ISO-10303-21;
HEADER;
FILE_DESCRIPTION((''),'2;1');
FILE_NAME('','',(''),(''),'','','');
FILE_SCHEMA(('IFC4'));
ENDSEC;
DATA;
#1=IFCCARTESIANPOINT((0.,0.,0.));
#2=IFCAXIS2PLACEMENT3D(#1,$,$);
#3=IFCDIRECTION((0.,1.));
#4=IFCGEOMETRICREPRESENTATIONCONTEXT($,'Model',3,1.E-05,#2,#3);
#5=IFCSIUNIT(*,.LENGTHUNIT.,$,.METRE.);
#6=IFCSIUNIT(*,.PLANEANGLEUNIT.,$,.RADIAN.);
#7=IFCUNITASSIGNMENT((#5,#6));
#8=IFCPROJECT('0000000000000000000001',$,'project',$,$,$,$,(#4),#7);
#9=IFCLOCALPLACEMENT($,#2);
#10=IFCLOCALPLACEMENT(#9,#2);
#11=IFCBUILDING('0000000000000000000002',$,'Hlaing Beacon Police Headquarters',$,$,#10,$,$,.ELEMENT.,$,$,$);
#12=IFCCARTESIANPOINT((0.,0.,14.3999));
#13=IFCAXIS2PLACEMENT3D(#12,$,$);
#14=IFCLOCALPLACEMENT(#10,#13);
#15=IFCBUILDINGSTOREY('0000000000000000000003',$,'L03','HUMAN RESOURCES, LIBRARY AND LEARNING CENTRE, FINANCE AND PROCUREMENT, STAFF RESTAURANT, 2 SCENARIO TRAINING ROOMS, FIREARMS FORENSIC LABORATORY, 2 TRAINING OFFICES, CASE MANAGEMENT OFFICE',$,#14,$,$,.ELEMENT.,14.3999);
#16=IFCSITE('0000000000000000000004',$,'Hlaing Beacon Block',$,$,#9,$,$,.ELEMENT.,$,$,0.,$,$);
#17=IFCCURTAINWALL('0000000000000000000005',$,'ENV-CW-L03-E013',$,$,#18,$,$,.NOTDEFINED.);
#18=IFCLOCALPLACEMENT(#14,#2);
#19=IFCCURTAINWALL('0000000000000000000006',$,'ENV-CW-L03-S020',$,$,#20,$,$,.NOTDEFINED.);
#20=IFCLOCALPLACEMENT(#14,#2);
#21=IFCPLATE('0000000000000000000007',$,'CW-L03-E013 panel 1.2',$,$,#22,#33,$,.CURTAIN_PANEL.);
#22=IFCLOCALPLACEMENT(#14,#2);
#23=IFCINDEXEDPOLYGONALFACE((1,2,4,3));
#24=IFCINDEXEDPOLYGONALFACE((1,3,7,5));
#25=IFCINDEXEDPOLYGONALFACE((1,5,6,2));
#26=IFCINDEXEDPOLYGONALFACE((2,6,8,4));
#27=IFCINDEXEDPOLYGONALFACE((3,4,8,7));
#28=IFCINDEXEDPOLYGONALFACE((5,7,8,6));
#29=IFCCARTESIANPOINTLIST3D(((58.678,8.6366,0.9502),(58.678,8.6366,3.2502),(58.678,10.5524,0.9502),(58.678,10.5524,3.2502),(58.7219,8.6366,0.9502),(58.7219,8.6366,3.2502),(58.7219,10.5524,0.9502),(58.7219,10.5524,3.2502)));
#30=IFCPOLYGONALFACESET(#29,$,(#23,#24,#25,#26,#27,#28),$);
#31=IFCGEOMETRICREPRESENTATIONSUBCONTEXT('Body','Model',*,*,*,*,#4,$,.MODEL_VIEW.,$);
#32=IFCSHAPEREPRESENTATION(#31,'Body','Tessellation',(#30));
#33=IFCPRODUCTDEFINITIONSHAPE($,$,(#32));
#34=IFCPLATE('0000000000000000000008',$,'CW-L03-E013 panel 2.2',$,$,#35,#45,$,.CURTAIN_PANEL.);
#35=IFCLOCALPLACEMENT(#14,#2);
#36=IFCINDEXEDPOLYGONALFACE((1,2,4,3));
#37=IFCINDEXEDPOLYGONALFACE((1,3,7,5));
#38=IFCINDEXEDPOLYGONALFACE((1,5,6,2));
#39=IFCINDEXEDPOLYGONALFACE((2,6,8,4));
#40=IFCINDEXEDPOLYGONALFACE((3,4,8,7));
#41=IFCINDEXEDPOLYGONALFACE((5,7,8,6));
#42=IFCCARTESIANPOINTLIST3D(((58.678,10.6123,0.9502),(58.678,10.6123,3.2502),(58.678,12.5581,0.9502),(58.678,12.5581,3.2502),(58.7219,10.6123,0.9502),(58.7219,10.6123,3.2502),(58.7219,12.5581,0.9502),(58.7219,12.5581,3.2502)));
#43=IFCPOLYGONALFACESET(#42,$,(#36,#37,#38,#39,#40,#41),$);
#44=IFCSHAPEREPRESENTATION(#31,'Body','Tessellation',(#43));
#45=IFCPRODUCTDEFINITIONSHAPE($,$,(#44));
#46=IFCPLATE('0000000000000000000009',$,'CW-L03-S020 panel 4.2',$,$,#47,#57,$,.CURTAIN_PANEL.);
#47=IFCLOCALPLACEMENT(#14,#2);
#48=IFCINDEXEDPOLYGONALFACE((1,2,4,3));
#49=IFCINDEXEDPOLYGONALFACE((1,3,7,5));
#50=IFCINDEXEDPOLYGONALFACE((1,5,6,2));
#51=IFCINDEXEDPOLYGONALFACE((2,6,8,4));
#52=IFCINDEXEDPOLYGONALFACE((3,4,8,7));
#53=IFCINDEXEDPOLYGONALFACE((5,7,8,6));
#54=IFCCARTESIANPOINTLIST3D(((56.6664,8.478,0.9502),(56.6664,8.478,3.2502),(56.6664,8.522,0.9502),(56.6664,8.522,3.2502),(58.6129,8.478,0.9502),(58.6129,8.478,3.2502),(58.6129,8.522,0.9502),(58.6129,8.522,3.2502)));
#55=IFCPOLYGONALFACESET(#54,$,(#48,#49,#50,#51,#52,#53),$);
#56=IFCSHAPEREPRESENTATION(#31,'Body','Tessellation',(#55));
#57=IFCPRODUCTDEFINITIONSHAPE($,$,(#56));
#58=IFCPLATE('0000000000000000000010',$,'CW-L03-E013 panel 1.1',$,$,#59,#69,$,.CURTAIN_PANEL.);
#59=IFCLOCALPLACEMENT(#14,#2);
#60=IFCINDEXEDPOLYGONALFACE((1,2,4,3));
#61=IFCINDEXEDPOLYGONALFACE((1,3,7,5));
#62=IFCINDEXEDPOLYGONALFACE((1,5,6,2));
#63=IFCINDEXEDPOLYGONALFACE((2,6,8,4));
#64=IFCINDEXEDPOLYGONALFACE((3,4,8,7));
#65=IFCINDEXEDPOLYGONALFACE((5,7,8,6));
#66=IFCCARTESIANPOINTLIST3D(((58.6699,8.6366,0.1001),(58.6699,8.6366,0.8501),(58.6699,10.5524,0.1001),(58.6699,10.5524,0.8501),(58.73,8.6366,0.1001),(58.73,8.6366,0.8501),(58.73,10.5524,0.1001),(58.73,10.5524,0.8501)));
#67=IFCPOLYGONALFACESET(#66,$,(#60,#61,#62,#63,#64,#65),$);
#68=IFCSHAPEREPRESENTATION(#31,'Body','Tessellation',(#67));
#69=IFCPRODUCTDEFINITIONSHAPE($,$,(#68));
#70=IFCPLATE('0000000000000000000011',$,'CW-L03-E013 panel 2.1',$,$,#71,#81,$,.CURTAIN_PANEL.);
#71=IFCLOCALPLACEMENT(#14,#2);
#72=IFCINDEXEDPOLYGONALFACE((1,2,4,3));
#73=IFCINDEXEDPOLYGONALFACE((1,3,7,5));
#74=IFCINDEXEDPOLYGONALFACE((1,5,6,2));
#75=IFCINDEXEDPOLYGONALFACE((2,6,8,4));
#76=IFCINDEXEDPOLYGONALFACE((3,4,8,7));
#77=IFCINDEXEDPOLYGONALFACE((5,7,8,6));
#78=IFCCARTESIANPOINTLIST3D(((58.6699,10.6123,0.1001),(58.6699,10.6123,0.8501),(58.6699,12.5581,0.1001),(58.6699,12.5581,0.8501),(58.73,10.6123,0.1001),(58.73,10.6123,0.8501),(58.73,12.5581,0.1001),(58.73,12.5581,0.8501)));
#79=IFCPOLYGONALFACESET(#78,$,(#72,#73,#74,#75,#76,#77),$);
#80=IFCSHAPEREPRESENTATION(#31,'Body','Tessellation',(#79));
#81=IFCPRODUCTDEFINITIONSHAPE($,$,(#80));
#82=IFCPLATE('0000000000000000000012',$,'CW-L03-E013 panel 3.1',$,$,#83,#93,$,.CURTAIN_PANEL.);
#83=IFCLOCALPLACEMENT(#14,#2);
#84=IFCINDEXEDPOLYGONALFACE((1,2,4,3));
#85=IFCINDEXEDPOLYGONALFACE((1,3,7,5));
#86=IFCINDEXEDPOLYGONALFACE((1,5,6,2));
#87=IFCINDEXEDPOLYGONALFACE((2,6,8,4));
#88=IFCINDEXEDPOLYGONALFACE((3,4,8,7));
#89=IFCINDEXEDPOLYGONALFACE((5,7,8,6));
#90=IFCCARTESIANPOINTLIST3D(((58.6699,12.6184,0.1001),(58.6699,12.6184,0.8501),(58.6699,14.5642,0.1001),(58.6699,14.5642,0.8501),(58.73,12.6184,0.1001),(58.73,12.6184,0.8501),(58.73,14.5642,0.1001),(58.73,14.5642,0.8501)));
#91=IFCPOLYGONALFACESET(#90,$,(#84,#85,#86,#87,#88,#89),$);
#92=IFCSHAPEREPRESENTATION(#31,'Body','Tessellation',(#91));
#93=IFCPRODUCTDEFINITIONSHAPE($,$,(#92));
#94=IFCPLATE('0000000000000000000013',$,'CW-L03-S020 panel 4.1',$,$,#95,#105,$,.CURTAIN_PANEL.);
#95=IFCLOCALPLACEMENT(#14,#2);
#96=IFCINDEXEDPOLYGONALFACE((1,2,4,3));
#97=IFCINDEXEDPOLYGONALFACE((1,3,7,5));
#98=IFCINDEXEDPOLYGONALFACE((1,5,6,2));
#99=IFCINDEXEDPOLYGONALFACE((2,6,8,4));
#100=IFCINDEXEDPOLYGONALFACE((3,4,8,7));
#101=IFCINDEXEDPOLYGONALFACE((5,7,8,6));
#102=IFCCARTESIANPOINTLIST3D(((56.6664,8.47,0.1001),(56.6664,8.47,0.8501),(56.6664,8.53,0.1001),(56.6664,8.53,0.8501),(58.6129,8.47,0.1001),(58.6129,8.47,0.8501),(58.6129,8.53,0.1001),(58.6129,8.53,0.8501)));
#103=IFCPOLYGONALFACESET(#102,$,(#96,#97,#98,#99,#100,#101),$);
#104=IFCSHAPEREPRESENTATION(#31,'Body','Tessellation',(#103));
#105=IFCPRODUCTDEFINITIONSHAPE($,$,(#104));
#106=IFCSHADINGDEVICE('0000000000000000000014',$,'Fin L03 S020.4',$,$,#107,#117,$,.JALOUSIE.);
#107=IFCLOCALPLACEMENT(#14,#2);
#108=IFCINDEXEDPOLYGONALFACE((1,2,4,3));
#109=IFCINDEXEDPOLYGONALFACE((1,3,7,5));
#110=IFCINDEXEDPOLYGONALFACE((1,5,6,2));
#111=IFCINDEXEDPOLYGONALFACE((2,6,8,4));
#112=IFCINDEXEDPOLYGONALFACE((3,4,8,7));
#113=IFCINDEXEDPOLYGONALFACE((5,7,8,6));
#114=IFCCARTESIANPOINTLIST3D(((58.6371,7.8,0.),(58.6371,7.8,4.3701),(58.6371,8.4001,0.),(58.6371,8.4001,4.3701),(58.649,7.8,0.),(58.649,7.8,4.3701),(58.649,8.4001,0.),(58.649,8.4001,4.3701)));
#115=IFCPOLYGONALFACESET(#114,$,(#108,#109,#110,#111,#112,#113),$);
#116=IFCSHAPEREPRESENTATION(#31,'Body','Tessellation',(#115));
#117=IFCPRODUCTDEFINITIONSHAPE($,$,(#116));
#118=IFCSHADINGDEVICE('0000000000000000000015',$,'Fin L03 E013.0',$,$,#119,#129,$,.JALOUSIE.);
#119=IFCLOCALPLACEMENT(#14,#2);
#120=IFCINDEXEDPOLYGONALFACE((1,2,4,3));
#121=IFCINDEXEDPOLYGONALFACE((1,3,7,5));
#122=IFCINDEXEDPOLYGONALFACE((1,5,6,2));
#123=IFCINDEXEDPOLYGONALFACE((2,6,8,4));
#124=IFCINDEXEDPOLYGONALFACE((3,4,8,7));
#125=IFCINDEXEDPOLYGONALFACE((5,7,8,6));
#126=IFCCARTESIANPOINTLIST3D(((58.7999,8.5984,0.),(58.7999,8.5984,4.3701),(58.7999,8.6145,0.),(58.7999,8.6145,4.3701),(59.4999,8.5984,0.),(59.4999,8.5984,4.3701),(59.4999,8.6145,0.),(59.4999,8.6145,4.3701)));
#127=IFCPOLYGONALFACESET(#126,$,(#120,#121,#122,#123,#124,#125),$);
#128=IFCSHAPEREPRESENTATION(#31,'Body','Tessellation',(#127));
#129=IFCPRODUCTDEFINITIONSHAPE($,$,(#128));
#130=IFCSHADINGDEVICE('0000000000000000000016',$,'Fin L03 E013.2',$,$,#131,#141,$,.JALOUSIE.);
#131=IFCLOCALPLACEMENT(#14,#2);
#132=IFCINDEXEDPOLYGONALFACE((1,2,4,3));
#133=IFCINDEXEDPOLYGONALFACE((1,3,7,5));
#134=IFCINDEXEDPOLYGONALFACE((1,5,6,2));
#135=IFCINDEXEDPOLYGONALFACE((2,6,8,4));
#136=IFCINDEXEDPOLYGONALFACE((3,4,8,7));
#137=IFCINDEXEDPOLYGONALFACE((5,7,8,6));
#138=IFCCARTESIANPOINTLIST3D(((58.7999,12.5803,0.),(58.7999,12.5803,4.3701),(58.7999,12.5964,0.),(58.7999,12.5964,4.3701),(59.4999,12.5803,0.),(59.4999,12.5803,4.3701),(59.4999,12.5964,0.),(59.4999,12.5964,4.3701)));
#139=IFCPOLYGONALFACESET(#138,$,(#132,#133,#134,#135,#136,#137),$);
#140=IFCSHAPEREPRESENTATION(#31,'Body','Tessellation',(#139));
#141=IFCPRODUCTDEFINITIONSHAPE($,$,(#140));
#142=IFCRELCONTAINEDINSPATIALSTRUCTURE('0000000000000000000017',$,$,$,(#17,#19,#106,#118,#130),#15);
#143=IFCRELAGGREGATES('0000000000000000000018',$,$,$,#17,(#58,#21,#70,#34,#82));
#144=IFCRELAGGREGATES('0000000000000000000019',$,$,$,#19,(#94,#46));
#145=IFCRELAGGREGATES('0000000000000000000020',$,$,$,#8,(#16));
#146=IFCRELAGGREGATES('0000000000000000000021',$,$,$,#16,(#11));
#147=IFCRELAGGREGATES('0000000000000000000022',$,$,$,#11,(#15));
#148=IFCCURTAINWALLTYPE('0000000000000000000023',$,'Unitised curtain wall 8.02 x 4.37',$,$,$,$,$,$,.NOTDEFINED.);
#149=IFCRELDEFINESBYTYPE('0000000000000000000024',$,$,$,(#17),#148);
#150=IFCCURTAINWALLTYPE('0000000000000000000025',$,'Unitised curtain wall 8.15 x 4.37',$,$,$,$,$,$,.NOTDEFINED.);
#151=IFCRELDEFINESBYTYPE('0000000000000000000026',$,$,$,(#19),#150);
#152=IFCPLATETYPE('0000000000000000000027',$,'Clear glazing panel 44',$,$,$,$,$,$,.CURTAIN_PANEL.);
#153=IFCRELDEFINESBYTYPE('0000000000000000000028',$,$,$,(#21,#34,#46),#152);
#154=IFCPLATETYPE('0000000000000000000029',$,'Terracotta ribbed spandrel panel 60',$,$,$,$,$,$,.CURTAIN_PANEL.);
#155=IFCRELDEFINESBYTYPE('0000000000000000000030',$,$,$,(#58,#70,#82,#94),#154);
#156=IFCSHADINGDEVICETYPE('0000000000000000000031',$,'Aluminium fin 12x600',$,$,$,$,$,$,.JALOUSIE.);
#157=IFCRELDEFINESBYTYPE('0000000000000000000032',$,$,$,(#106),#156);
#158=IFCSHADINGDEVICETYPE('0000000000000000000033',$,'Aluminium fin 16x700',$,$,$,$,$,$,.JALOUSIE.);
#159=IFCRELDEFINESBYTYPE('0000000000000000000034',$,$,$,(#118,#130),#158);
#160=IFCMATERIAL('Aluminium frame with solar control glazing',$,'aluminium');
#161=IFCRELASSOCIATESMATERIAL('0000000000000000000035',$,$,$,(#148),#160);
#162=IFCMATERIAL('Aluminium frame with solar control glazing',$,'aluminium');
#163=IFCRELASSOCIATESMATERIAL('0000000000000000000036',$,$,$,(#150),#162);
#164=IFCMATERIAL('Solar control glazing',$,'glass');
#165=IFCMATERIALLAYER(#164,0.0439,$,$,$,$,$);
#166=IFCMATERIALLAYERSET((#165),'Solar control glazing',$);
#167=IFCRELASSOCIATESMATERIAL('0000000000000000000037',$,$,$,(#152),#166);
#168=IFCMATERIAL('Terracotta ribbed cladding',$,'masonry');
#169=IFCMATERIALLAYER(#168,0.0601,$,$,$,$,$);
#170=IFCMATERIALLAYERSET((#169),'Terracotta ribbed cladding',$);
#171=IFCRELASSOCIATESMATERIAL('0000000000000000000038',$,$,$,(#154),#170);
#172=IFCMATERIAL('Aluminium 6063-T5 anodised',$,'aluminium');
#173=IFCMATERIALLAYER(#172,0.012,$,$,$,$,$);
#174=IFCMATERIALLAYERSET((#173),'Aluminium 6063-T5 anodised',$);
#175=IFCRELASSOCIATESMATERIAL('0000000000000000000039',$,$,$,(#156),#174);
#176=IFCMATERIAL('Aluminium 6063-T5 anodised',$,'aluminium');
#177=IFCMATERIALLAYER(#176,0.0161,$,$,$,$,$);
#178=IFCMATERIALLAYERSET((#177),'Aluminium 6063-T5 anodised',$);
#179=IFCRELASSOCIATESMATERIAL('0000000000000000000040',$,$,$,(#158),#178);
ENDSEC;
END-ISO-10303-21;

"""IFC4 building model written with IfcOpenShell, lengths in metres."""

from ifc_helpers import new_model, si_unit, direction, frame, origin, origin_2d, place, context, subcontext, project, spatial, rectangle, extrude, material, layer, layer_set, type_object, element, aggregate, save


model = new_model("IFC4")

# Units and contexts
model_context = context("Model", 3, precision=1e-05, world=origin(), true_north=direction((0.0, 1.0)))
body_context = subcontext(model_context, "Body", "Model", "MODEL_VIEW")
ifc_project = project(units=[si_unit("LENGTHUNIT", "METRE"), si_unit("PLANEANGLEUNIT", "RADIAN")], contexts=[model_context])

# Site, building, storey
site_placement = place(None, origin())
site = spatial("IfcSite", under=ifc_project, at=site_placement, Name="Hlaing Beacon Block", CompositionType="ELEMENT", RefElevation=0.0)
building_placement = place(site_placement, origin())
building = spatial("IfcBuilding", under=site, at=building_placement, Name="Hlaing Beacon Police Headquarters", CompositionType="ELEMENT")
storey_placement = place(building_placement, frame((0.0, 0.0, 14.3999)))
storey = spatial("IfcBuildingStorey", under=building, at=storey_placement, Name="L03", Description="HUMAN RESOURCES, LIBRARY AND LEARNING CENTRE, FINANCE AND PROCUREMENT, STAFF RESTAURANT, 2 SCENARIO TRAINING ROOMS, FIREARMS FORENSIC LABORATORY, 2 TRAINING OFFICES, CASE MANAGEMENT OFFICE", CompositionType="ELEMENT", Elevation=14.3999)

# Curtain wall
ifc_material_1 = material(Name="Aluminium frame with solar control glazing", Category="aluminium")
curtain_wall_type_1 = type_object("IfcCurtainWallType", Name="Unitised curtain wall 8.02 x 4.37", PredefinedType="NOTDEFINED", material=ifc_material_1)
curtain_wall_1_placement = place(storey_placement, origin())
curtain_wall_1 = element("IfcCurtainWall", 1, at=curtain_wall_1_placement, inside=storey, type_object=curtain_wall_type_1, Name="ENV-CW-L03-E013", PredefinedType="NOTDEFINED")

# Curtain wall
ifc_material_2 = material(Name="Aluminium frame with solar control glazing", Category="aluminium")
curtain_wall_type_2 = type_object("IfcCurtainWallType", Name="Unitised curtain wall 8.15 x 4.37", PredefinedType="NOTDEFINED", material=ifc_material_2)
curtain_wall_2_placement = place(storey_placement, origin())
curtain_wall_2 = element("IfcCurtainWall", 2, at=curtain_wall_2_placement, inside=storey, type_object=curtain_wall_type_2, Name="ENV-CW-L03-S020", PredefinedType="NOTDEFINED")

# Plates
ifc_material_3 = material(Name="Solar control glazing", Category="glass")
ifc_layer_1 = layer(ifc_material_3, 0.0439)
ifc_layer_set_1 = layer_set([ifc_layer_1], Name="Solar control glazing")
plate_type_1 = type_object("IfcPlateType", Name="Clear glazing panel 44", PredefinedType="CURTAIN_PANEL", material=ifc_layer_set_1)
plate_1_placement = place(storey_placement, frame((58.7, 9.5945, 0.9502), z_axis=(0.0, 0.0, 1.0), x_axis=(0.0, 1.0, 0.0)))
plate_1 = element("IfcPlate", 3, at=plate_1_placement, type_object=plate_type_1, Name="CW-L03-E013 panel 1.2", PredefinedType="CURTAIN_PANEL", context=body_context, shape_type="SweptSolid", body=[
    extrude(rectangle(XDim=1.9158, YDim=0.0439, at=origin_2d()), origin(), (0.0, 0.0, 1.0), 2.3),
])
plate_2_placement = place(storey_placement, frame((58.7, 11.5852, 0.9502), z_axis=(0.0, 0.0, 1.0), x_axis=(0.0, 1.0, 0.0)))
plate_2 = element("IfcPlate", 4, at=plate_2_placement, type_object=plate_type_1, Name="CW-L03-E013 panel 2.2", PredefinedType="CURTAIN_PANEL", context=body_context, shape_type="SweptSolid", body=[
    extrude(rectangle(XDim=1.9458, YDim=0.0439, at=origin_2d()), origin(), (0.0, 0.0, 1.0), 2.3),
])
plate_3_placement = place(storey_placement, frame((57.6396, 8.5, 0.9502), z_axis=(0.0, 0.0, 1.0), x_axis=(1.0, 0.0, 0.0)))
plate_3 = element("IfcPlate", 5, at=plate_3_placement, type_object=plate_type_1, Name="CW-L03-S020 panel 4.2", PredefinedType="CURTAIN_PANEL", context=body_context, shape_type="SweptSolid", body=[
    extrude(rectangle(XDim=1.9465, YDim=0.0439, at=origin_2d()), origin(), (0.0, 0.0, 1.0), 2.3),
])
ifc_material_4 = material(Name="Terracotta ribbed cladding", Category="masonry")
ifc_layer_2 = layer(ifc_material_4, 0.0601)
ifc_layer_set_2 = layer_set([ifc_layer_2], Name="Terracotta ribbed cladding")
plate_type_2 = type_object("IfcPlateType", Name="Terracotta ribbed spandrel panel 60", PredefinedType="CURTAIN_PANEL", material=ifc_layer_set_2)
plate_4_placement = place(storey_placement, frame((58.7, 9.5945, 0.1001), z_axis=(0.0, 0.0, 1.0), x_axis=(0.0, 1.0, 0.0)))
plate_4 = element("IfcPlate", 6, at=plate_4_placement, type_object=plate_type_2, Name="CW-L03-E013 panel 1.1", PredefinedType="CURTAIN_PANEL", context=body_context, shape_type="SweptSolid", body=[
    extrude(rectangle(XDim=1.9158, YDim=0.0601, at=origin_2d()), origin(), (0.0, 0.0, 1.0), 0.75),
])
plate_5_placement = place(storey_placement, frame((58.7, 11.5852, 0.1001), z_axis=(0.0, 0.0, 1.0), x_axis=(0.0, 1.0, 0.0)))
plate_5 = element("IfcPlate", 7, at=plate_5_placement, type_object=plate_type_2, Name="CW-L03-E013 panel 2.1", PredefinedType="CURTAIN_PANEL", context=body_context, shape_type="SweptSolid", body=[
    extrude(rectangle(XDim=1.9458, YDim=0.0601, at=origin_2d()), origin(), (0.0, 0.0, 1.0), 0.75),
])
plate_6_placement = place(storey_placement, frame((58.7, 13.5913, 0.1001), z_axis=(0.0, 0.0, 1.0), x_axis=(0.0, 1.0, 0.0)))
plate_6 = element("IfcPlate", 8, at=plate_6_placement, type_object=plate_type_2, Name="CW-L03-E013 panel 3.1", PredefinedType="CURTAIN_PANEL", context=body_context, shape_type="SweptSolid", body=[
    extrude(rectangle(XDim=1.9458, YDim=0.0601, at=origin_2d()), origin(), (0.0, 0.0, 1.0), 0.75),
])
aggregate(curtain_wall_1, [plate_4, plate_1, plate_5, plate_2, plate_6])
plate_7_placement = place(storey_placement, frame((57.6396, 8.5, 0.1001), z_axis=(0.0, 0.0, 1.0), x_axis=(1.0, 0.0, 0.0)))
plate_7 = element("IfcPlate", 9, at=plate_7_placement, type_object=plate_type_2, Name="CW-L03-S020 panel 4.1", PredefinedType="CURTAIN_PANEL", context=body_context, shape_type="SweptSolid", body=[
    extrude(rectangle(XDim=1.9465, YDim=0.0601, at=origin_2d()), origin(), (0.0, 0.0, 1.0), 0.75),
])
aggregate(curtain_wall_2, [plate_7, plate_3])

# Shading devices
ifc_material_5 = material(Name="Aluminium 6063-T5 anodised", Category="aluminium")
ifc_layer_3 = layer(ifc_material_5, 0.012)
ifc_layer_set_3 = layer_set([ifc_layer_3], Name="Aluminium 6063-T5 anodised")
shading_device_type_1 = type_object("IfcShadingDeviceType", Name="Aluminium fin 12x600", PredefinedType="JALOUSIE", material=ifc_layer_set_3)
shading_device_placement = place(storey_placement, frame((58.6431, 8.1001, 0.0), z_axis=(0.0, 0.0, 1.0), x_axis=(1.0, 0.0, 0.0)))
element("IfcShadingDevice", 10, at=shading_device_placement, inside=storey, type_object=shading_device_type_1, Name="Fin L03 S020.4", PredefinedType="JALOUSIE", context=body_context, shape_type="SweptSolid", body=[
    extrude(rectangle(XDim=0.012, YDim=0.6001, at=origin_2d()), origin(), (0.0, 0.0, 1.0), 4.3701),
])
ifc_material_6 = material(Name="Aluminium 6063-T5 anodised", Category="aluminium")
ifc_layer_4 = layer(ifc_material_6, 0.0161)
ifc_layer_set_4 = layer_set([ifc_layer_4], Name="Aluminium 6063-T5 anodised")
shading_device_type_2 = type_object("IfcShadingDeviceType", Name="Aluminium fin 16x700", PredefinedType="JALOUSIE", material=ifc_layer_set_4)
for number, where, z_axis, x_axis, name in (
    (11, (59.1499, 8.6064, 0.0), (0.0, 0.0, 1.0), (0.0, 1.0, 0.0), "Fin L03 E013.0"),
    (12, (59.1499, 12.5884, 0.0), (0.0, 0.0, 1.0), (0.0, 1.0, 0.0), "Fin L03 E013.2"),
):
    element("IfcShadingDevice", number, at=place(storey_placement, frame(where, z_axis=z_axis, x_axis=x_axis)), inside=storey, type_object=shading_device_type_2, Name=name, PredefinedType="JALOUSIE", context=body_context, shape_type="SweptSolid", body=[
        extrude(rectangle(XDim=0.0161, YDim=0.7, at=origin_2d()), origin(), (0.0, 0.0, 1.0), 4.3701),
    ])

save(model, "model.ifc")
